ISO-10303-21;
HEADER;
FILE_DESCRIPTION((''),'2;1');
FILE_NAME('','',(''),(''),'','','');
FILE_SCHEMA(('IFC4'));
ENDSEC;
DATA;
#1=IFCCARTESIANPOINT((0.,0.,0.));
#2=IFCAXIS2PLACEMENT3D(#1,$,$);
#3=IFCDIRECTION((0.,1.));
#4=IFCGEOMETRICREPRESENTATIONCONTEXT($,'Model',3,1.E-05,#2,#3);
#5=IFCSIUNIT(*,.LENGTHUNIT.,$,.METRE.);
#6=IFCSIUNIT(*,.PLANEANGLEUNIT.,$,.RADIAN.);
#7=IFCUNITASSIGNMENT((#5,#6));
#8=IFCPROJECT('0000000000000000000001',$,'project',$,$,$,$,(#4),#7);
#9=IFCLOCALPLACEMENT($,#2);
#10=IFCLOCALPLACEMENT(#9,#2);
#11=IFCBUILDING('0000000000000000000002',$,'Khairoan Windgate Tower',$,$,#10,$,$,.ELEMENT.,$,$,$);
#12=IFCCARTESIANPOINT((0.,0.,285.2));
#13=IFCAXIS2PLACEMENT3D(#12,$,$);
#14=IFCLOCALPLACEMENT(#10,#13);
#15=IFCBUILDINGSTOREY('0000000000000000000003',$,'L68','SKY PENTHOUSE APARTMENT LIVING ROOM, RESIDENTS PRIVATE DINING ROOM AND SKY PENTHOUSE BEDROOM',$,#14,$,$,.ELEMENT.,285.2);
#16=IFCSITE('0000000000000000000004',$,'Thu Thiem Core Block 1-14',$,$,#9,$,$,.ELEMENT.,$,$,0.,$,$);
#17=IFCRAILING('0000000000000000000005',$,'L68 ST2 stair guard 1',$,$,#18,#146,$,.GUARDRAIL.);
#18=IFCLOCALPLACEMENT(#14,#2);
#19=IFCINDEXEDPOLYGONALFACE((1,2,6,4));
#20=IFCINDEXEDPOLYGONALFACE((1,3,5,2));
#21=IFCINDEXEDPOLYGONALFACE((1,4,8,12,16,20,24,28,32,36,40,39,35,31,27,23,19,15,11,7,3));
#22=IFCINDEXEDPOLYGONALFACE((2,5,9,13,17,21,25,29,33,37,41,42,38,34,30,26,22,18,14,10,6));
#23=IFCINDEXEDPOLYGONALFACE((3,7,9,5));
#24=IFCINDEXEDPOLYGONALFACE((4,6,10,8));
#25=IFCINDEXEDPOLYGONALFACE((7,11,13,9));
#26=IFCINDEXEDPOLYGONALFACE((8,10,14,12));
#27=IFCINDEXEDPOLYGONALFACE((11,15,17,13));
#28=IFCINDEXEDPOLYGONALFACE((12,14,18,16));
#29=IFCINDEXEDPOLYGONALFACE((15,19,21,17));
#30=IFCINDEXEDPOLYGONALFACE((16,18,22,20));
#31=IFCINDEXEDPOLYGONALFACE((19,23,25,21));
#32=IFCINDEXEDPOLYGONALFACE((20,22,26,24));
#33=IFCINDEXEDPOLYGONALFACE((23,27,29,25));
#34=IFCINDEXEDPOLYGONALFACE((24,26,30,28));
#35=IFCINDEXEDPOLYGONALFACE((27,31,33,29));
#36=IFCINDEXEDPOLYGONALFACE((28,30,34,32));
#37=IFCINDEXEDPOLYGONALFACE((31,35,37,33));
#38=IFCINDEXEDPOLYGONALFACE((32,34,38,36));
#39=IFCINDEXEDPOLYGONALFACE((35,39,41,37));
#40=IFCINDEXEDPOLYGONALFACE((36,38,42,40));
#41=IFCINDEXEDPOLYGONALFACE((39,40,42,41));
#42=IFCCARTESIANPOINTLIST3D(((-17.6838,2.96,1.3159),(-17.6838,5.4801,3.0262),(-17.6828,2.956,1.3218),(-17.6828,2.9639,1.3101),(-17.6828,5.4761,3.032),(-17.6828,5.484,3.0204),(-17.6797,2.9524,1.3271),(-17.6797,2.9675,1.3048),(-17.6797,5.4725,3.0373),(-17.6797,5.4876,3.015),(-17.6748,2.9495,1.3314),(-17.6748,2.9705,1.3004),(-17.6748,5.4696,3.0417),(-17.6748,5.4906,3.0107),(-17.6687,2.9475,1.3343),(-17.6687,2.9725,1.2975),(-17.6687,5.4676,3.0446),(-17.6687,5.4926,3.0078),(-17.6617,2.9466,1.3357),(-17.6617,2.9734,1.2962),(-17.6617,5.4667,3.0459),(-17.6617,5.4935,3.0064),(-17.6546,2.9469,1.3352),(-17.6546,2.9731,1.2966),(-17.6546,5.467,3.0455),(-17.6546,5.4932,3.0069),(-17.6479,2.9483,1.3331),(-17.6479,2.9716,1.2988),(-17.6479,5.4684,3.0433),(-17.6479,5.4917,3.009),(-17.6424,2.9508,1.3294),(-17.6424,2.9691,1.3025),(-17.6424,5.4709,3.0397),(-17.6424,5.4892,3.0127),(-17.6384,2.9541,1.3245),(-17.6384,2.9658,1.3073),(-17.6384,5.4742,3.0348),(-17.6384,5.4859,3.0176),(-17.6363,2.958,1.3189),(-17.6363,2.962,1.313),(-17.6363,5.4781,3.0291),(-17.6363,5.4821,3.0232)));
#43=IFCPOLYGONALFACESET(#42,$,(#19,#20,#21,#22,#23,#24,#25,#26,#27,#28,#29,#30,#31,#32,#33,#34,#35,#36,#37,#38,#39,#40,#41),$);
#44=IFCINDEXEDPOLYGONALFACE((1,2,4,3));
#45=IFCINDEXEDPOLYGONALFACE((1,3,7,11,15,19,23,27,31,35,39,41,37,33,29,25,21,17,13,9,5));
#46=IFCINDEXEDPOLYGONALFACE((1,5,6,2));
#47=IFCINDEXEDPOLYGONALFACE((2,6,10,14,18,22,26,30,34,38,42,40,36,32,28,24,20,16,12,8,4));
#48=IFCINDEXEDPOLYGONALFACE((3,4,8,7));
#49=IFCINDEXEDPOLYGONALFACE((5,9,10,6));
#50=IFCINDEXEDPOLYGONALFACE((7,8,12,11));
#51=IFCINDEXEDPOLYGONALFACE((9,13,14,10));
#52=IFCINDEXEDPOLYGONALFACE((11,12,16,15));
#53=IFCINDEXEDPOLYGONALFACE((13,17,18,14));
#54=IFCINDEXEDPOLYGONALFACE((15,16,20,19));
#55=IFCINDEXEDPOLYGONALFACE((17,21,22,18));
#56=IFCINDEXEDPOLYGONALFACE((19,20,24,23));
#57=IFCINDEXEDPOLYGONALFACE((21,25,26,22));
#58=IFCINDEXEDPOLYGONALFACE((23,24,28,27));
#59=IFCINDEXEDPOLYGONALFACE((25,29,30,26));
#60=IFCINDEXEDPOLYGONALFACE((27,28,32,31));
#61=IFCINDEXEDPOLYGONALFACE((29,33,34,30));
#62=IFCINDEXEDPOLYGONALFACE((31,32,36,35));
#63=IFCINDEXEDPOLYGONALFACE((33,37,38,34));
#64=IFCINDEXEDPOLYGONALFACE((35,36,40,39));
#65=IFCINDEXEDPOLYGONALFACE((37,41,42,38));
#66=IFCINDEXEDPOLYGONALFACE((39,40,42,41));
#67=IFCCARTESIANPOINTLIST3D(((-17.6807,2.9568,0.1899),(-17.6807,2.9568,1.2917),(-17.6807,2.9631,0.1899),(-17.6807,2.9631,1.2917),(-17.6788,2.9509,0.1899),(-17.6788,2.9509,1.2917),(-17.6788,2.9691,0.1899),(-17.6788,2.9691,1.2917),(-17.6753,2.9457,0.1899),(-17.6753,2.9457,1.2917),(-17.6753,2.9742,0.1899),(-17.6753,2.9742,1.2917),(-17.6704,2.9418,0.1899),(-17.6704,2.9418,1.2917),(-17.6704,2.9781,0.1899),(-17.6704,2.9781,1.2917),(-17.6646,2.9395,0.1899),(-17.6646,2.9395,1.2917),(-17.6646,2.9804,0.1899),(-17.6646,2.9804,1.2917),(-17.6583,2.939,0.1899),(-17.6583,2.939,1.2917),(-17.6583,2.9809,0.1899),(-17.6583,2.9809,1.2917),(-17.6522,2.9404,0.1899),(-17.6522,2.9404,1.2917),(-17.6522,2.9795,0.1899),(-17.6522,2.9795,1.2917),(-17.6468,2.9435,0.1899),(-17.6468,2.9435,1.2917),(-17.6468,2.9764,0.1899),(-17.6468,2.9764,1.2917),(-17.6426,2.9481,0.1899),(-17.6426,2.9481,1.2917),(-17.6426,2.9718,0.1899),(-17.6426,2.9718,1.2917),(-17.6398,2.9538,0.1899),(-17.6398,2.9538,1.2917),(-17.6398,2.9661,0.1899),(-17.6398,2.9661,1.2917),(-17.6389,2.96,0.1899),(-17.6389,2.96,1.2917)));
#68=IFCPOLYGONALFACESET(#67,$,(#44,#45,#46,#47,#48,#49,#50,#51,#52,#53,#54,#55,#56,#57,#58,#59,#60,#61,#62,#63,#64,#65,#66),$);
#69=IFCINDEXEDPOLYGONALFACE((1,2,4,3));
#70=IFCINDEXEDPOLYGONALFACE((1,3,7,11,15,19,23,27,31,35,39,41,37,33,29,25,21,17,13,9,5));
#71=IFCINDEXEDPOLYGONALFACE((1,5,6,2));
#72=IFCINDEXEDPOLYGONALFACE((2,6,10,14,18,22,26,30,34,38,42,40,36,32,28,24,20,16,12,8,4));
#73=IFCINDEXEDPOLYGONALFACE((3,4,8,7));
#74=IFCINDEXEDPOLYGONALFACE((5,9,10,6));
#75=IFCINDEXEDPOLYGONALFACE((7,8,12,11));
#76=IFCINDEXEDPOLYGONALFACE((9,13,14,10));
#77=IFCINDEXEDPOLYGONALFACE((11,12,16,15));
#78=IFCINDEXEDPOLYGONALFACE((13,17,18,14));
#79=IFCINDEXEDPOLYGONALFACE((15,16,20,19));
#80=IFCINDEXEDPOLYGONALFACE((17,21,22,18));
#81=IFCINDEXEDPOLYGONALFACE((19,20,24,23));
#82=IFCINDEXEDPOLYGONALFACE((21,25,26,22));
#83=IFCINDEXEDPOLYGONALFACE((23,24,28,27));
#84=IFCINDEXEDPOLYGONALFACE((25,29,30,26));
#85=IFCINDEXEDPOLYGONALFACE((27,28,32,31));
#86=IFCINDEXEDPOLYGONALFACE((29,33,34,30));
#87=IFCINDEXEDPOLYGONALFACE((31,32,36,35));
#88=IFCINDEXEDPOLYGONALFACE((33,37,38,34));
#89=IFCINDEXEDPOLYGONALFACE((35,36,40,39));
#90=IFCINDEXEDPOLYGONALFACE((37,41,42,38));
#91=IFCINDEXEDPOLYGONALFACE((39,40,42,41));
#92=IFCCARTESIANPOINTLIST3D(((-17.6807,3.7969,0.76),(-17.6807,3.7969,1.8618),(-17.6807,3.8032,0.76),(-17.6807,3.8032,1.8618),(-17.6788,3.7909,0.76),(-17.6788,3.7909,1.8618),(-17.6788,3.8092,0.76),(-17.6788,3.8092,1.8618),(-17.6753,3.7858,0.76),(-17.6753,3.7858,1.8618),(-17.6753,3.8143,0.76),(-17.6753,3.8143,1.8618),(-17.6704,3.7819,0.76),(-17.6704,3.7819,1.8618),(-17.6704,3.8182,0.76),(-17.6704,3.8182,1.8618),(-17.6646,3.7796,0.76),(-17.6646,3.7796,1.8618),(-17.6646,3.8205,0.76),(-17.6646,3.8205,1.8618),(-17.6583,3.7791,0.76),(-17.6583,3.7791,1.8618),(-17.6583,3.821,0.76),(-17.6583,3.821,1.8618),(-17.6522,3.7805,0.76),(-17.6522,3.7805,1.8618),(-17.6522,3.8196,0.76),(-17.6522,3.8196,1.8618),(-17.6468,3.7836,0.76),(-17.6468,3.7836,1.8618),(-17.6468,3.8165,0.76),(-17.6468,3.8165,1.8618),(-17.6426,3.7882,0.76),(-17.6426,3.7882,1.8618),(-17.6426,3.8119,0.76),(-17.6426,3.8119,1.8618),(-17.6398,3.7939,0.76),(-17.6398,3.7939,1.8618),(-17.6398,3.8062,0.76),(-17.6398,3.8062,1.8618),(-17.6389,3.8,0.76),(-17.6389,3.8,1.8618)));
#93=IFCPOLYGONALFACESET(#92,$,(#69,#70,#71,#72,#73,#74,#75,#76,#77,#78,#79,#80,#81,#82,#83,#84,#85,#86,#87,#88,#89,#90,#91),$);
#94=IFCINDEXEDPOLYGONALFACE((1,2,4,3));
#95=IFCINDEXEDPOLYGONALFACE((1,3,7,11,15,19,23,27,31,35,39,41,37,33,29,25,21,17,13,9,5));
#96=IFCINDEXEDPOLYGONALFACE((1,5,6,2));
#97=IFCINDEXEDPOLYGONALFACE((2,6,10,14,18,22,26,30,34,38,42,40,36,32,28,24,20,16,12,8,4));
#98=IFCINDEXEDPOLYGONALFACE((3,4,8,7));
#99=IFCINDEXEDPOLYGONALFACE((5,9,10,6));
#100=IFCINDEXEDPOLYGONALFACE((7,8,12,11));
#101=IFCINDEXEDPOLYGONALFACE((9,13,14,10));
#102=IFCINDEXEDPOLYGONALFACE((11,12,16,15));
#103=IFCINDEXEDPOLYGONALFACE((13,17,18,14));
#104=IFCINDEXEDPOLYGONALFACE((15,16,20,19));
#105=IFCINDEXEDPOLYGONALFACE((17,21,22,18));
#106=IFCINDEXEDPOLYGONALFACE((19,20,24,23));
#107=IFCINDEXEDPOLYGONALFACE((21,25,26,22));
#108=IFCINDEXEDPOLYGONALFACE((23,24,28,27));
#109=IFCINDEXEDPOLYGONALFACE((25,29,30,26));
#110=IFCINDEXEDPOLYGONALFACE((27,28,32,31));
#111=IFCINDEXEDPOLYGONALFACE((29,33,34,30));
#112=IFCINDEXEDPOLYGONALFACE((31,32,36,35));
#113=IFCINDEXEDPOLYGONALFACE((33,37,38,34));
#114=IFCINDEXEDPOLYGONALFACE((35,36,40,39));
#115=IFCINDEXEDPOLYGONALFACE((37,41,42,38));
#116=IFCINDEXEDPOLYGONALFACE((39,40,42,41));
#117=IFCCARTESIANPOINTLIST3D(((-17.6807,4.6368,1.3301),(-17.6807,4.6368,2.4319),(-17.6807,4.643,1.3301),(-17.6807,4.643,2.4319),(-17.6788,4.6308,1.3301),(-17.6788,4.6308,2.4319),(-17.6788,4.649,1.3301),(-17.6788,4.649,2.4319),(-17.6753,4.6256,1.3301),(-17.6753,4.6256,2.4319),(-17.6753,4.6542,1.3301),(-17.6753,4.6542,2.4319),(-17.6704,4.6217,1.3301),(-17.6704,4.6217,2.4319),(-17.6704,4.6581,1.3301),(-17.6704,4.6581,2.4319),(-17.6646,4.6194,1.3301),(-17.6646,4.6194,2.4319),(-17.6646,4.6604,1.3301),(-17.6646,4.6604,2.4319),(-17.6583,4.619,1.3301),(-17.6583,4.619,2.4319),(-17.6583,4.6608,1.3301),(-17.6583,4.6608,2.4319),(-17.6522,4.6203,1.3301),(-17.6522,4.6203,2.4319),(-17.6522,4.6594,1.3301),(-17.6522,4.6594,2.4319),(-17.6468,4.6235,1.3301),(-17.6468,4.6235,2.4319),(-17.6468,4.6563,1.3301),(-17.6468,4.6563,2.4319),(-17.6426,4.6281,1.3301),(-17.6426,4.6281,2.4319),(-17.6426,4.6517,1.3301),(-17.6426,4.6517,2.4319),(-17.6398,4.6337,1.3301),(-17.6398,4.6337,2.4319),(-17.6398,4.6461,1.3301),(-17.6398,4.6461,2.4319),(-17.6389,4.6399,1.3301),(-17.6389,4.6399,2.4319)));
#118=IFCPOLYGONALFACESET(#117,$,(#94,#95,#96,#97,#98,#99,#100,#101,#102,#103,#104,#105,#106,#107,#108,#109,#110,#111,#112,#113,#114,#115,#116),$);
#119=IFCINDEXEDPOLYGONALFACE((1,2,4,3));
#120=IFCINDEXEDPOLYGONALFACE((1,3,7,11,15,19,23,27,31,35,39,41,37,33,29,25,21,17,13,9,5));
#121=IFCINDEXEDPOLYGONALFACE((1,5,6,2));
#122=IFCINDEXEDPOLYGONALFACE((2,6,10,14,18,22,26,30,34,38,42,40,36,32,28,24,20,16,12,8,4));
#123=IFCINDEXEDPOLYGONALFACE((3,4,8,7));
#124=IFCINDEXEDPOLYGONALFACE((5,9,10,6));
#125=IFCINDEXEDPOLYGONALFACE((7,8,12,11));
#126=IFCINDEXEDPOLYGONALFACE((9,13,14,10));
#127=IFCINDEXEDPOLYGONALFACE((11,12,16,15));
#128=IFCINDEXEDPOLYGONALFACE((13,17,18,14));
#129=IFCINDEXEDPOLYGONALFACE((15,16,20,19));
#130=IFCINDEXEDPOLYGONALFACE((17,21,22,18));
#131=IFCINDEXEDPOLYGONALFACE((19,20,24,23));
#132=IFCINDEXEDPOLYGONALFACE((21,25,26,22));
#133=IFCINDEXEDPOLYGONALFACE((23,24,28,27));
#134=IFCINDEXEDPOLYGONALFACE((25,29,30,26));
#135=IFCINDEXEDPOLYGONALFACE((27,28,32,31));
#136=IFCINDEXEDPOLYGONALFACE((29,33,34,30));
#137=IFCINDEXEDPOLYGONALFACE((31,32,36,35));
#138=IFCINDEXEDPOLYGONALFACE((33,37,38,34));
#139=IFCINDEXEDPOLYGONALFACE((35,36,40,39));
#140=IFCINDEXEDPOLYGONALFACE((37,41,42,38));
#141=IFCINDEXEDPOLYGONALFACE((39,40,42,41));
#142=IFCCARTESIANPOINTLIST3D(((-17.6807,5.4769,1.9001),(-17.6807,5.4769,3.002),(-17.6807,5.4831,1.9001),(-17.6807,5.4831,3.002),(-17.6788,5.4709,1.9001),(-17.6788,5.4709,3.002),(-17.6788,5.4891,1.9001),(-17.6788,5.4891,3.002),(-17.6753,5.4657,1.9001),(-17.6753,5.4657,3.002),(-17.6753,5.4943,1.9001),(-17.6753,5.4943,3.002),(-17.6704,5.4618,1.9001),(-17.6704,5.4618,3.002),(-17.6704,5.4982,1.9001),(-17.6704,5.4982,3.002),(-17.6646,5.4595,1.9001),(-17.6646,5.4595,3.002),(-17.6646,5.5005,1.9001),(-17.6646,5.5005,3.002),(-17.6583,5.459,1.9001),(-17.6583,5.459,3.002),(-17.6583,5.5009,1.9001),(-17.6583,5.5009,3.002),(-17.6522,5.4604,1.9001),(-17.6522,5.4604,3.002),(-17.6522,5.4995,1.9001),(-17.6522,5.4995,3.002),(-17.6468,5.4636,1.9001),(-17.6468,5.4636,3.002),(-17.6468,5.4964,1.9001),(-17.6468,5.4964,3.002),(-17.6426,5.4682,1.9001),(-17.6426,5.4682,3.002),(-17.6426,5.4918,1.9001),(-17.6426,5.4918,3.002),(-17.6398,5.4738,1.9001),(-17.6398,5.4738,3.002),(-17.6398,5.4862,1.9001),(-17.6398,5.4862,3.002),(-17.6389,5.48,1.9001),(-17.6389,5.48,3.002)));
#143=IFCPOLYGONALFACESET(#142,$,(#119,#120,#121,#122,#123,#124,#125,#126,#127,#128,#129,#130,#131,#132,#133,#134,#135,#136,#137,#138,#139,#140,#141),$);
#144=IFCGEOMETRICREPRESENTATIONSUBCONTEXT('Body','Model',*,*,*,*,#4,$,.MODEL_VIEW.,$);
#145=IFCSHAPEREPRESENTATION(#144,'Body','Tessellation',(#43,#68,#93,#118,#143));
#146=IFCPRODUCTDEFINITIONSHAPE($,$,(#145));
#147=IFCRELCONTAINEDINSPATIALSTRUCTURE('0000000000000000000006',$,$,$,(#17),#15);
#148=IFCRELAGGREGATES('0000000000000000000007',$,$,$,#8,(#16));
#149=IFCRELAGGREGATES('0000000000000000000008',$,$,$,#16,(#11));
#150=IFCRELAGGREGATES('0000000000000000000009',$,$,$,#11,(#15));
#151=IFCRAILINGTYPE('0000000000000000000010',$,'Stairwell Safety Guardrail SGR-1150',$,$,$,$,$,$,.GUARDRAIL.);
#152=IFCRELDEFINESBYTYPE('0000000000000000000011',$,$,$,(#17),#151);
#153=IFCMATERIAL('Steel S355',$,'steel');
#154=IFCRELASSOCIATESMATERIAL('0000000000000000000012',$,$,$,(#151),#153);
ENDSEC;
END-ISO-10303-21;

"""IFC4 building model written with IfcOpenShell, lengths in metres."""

from ifc_helpers import new_model, si_unit, direction, frame, origin, origin_2d, place, context, subcontext, project, spatial, circle, extrude, material, type_object, element, save


model = new_model("IFC4")

# Units and contexts
model_context = context("Model", 3, precision=1e-05, world=origin(), true_north=direction((0.0, 1.0)))
body_context = subcontext(model_context, "Body", "Model", "MODEL_VIEW")
ifc_project = project(units=[si_unit("LENGTHUNIT", "METRE"), si_unit("PLANEANGLEUNIT", "RADIAN")], contexts=[model_context])

# Site, building, storey
site_placement = place(None, origin())
site = spatial("IfcSite", under=ifc_project, at=site_placement, Name="Thu Thiem Core Block 1-14", CompositionType="ELEMENT", RefElevation=0.0)
building_placement = place(site_placement, origin())
building = spatial("IfcBuilding", under=site, at=building_placement, Name="Khairoan Windgate Tower", CompositionType="ELEMENT")
storey_placement = place(building_placement, frame((0.0, 0.0, 285.2)))
storey = spatial("IfcBuildingStorey", under=building, at=storey_placement, Name="L68", Description="SKY PENTHOUSE APARTMENT LIVING ROOM, RESIDENTS PRIVATE DINING ROOM AND SKY PENTHOUSE BEDROOM", CompositionType="ELEMENT", Elevation=285.2)

# Railing
ifc_material_1 = material(Name="Steel S355", Category="steel")
railing_type_1 = type_object("IfcRailingType", Name="Stairwell Safety Guardrail SGR-1150", PredefinedType="GUARDRAIL", material=ifc_material_1)
railing_1_placement = place(storey_placement, frame((-17.6599, 2.96, 0.1899)))
element("IfcRailing", 1, at=railing_1_placement, inside=storey, type_object=railing_type_1, Name="L68 ST2 stair guard 1", PredefinedType="GUARDRAIL", context=body_context, shape_type="SweptSolid", body=[
    extrude(circle(Radius=0.0239, at=origin_2d()), frame((0.0, 0.0, 1.126), z_axis=(0.0, 0.827447, 0.561545), x_axis=(-1.0, 0.0, 0.0)), (0.0, 0.0, 1.0), 3.0457),
    extrude(circle(Radius=0.021, at=origin_2d()), origin(), (0.0, 0.0, 1.0), 1.1018),
    extrude(circle(Radius=0.021, at=origin_2d()), frame((0.0, 0.8401, 0.5701)), (0.0, 0.0, 1.0), 1.1018),
    extrude(circle(Radius=0.021, at=origin_2d()), frame((0.0, 1.6799, 1.1401)), (0.0, 0.0, 1.0), 1.1018),
    extrude(circle(Radius=0.021, at=origin_2d()), frame((0.0, 2.52, 1.7102)), (0.0, 0.0, 1.0), 1.1018),
])

save(model, "model.ifc")
